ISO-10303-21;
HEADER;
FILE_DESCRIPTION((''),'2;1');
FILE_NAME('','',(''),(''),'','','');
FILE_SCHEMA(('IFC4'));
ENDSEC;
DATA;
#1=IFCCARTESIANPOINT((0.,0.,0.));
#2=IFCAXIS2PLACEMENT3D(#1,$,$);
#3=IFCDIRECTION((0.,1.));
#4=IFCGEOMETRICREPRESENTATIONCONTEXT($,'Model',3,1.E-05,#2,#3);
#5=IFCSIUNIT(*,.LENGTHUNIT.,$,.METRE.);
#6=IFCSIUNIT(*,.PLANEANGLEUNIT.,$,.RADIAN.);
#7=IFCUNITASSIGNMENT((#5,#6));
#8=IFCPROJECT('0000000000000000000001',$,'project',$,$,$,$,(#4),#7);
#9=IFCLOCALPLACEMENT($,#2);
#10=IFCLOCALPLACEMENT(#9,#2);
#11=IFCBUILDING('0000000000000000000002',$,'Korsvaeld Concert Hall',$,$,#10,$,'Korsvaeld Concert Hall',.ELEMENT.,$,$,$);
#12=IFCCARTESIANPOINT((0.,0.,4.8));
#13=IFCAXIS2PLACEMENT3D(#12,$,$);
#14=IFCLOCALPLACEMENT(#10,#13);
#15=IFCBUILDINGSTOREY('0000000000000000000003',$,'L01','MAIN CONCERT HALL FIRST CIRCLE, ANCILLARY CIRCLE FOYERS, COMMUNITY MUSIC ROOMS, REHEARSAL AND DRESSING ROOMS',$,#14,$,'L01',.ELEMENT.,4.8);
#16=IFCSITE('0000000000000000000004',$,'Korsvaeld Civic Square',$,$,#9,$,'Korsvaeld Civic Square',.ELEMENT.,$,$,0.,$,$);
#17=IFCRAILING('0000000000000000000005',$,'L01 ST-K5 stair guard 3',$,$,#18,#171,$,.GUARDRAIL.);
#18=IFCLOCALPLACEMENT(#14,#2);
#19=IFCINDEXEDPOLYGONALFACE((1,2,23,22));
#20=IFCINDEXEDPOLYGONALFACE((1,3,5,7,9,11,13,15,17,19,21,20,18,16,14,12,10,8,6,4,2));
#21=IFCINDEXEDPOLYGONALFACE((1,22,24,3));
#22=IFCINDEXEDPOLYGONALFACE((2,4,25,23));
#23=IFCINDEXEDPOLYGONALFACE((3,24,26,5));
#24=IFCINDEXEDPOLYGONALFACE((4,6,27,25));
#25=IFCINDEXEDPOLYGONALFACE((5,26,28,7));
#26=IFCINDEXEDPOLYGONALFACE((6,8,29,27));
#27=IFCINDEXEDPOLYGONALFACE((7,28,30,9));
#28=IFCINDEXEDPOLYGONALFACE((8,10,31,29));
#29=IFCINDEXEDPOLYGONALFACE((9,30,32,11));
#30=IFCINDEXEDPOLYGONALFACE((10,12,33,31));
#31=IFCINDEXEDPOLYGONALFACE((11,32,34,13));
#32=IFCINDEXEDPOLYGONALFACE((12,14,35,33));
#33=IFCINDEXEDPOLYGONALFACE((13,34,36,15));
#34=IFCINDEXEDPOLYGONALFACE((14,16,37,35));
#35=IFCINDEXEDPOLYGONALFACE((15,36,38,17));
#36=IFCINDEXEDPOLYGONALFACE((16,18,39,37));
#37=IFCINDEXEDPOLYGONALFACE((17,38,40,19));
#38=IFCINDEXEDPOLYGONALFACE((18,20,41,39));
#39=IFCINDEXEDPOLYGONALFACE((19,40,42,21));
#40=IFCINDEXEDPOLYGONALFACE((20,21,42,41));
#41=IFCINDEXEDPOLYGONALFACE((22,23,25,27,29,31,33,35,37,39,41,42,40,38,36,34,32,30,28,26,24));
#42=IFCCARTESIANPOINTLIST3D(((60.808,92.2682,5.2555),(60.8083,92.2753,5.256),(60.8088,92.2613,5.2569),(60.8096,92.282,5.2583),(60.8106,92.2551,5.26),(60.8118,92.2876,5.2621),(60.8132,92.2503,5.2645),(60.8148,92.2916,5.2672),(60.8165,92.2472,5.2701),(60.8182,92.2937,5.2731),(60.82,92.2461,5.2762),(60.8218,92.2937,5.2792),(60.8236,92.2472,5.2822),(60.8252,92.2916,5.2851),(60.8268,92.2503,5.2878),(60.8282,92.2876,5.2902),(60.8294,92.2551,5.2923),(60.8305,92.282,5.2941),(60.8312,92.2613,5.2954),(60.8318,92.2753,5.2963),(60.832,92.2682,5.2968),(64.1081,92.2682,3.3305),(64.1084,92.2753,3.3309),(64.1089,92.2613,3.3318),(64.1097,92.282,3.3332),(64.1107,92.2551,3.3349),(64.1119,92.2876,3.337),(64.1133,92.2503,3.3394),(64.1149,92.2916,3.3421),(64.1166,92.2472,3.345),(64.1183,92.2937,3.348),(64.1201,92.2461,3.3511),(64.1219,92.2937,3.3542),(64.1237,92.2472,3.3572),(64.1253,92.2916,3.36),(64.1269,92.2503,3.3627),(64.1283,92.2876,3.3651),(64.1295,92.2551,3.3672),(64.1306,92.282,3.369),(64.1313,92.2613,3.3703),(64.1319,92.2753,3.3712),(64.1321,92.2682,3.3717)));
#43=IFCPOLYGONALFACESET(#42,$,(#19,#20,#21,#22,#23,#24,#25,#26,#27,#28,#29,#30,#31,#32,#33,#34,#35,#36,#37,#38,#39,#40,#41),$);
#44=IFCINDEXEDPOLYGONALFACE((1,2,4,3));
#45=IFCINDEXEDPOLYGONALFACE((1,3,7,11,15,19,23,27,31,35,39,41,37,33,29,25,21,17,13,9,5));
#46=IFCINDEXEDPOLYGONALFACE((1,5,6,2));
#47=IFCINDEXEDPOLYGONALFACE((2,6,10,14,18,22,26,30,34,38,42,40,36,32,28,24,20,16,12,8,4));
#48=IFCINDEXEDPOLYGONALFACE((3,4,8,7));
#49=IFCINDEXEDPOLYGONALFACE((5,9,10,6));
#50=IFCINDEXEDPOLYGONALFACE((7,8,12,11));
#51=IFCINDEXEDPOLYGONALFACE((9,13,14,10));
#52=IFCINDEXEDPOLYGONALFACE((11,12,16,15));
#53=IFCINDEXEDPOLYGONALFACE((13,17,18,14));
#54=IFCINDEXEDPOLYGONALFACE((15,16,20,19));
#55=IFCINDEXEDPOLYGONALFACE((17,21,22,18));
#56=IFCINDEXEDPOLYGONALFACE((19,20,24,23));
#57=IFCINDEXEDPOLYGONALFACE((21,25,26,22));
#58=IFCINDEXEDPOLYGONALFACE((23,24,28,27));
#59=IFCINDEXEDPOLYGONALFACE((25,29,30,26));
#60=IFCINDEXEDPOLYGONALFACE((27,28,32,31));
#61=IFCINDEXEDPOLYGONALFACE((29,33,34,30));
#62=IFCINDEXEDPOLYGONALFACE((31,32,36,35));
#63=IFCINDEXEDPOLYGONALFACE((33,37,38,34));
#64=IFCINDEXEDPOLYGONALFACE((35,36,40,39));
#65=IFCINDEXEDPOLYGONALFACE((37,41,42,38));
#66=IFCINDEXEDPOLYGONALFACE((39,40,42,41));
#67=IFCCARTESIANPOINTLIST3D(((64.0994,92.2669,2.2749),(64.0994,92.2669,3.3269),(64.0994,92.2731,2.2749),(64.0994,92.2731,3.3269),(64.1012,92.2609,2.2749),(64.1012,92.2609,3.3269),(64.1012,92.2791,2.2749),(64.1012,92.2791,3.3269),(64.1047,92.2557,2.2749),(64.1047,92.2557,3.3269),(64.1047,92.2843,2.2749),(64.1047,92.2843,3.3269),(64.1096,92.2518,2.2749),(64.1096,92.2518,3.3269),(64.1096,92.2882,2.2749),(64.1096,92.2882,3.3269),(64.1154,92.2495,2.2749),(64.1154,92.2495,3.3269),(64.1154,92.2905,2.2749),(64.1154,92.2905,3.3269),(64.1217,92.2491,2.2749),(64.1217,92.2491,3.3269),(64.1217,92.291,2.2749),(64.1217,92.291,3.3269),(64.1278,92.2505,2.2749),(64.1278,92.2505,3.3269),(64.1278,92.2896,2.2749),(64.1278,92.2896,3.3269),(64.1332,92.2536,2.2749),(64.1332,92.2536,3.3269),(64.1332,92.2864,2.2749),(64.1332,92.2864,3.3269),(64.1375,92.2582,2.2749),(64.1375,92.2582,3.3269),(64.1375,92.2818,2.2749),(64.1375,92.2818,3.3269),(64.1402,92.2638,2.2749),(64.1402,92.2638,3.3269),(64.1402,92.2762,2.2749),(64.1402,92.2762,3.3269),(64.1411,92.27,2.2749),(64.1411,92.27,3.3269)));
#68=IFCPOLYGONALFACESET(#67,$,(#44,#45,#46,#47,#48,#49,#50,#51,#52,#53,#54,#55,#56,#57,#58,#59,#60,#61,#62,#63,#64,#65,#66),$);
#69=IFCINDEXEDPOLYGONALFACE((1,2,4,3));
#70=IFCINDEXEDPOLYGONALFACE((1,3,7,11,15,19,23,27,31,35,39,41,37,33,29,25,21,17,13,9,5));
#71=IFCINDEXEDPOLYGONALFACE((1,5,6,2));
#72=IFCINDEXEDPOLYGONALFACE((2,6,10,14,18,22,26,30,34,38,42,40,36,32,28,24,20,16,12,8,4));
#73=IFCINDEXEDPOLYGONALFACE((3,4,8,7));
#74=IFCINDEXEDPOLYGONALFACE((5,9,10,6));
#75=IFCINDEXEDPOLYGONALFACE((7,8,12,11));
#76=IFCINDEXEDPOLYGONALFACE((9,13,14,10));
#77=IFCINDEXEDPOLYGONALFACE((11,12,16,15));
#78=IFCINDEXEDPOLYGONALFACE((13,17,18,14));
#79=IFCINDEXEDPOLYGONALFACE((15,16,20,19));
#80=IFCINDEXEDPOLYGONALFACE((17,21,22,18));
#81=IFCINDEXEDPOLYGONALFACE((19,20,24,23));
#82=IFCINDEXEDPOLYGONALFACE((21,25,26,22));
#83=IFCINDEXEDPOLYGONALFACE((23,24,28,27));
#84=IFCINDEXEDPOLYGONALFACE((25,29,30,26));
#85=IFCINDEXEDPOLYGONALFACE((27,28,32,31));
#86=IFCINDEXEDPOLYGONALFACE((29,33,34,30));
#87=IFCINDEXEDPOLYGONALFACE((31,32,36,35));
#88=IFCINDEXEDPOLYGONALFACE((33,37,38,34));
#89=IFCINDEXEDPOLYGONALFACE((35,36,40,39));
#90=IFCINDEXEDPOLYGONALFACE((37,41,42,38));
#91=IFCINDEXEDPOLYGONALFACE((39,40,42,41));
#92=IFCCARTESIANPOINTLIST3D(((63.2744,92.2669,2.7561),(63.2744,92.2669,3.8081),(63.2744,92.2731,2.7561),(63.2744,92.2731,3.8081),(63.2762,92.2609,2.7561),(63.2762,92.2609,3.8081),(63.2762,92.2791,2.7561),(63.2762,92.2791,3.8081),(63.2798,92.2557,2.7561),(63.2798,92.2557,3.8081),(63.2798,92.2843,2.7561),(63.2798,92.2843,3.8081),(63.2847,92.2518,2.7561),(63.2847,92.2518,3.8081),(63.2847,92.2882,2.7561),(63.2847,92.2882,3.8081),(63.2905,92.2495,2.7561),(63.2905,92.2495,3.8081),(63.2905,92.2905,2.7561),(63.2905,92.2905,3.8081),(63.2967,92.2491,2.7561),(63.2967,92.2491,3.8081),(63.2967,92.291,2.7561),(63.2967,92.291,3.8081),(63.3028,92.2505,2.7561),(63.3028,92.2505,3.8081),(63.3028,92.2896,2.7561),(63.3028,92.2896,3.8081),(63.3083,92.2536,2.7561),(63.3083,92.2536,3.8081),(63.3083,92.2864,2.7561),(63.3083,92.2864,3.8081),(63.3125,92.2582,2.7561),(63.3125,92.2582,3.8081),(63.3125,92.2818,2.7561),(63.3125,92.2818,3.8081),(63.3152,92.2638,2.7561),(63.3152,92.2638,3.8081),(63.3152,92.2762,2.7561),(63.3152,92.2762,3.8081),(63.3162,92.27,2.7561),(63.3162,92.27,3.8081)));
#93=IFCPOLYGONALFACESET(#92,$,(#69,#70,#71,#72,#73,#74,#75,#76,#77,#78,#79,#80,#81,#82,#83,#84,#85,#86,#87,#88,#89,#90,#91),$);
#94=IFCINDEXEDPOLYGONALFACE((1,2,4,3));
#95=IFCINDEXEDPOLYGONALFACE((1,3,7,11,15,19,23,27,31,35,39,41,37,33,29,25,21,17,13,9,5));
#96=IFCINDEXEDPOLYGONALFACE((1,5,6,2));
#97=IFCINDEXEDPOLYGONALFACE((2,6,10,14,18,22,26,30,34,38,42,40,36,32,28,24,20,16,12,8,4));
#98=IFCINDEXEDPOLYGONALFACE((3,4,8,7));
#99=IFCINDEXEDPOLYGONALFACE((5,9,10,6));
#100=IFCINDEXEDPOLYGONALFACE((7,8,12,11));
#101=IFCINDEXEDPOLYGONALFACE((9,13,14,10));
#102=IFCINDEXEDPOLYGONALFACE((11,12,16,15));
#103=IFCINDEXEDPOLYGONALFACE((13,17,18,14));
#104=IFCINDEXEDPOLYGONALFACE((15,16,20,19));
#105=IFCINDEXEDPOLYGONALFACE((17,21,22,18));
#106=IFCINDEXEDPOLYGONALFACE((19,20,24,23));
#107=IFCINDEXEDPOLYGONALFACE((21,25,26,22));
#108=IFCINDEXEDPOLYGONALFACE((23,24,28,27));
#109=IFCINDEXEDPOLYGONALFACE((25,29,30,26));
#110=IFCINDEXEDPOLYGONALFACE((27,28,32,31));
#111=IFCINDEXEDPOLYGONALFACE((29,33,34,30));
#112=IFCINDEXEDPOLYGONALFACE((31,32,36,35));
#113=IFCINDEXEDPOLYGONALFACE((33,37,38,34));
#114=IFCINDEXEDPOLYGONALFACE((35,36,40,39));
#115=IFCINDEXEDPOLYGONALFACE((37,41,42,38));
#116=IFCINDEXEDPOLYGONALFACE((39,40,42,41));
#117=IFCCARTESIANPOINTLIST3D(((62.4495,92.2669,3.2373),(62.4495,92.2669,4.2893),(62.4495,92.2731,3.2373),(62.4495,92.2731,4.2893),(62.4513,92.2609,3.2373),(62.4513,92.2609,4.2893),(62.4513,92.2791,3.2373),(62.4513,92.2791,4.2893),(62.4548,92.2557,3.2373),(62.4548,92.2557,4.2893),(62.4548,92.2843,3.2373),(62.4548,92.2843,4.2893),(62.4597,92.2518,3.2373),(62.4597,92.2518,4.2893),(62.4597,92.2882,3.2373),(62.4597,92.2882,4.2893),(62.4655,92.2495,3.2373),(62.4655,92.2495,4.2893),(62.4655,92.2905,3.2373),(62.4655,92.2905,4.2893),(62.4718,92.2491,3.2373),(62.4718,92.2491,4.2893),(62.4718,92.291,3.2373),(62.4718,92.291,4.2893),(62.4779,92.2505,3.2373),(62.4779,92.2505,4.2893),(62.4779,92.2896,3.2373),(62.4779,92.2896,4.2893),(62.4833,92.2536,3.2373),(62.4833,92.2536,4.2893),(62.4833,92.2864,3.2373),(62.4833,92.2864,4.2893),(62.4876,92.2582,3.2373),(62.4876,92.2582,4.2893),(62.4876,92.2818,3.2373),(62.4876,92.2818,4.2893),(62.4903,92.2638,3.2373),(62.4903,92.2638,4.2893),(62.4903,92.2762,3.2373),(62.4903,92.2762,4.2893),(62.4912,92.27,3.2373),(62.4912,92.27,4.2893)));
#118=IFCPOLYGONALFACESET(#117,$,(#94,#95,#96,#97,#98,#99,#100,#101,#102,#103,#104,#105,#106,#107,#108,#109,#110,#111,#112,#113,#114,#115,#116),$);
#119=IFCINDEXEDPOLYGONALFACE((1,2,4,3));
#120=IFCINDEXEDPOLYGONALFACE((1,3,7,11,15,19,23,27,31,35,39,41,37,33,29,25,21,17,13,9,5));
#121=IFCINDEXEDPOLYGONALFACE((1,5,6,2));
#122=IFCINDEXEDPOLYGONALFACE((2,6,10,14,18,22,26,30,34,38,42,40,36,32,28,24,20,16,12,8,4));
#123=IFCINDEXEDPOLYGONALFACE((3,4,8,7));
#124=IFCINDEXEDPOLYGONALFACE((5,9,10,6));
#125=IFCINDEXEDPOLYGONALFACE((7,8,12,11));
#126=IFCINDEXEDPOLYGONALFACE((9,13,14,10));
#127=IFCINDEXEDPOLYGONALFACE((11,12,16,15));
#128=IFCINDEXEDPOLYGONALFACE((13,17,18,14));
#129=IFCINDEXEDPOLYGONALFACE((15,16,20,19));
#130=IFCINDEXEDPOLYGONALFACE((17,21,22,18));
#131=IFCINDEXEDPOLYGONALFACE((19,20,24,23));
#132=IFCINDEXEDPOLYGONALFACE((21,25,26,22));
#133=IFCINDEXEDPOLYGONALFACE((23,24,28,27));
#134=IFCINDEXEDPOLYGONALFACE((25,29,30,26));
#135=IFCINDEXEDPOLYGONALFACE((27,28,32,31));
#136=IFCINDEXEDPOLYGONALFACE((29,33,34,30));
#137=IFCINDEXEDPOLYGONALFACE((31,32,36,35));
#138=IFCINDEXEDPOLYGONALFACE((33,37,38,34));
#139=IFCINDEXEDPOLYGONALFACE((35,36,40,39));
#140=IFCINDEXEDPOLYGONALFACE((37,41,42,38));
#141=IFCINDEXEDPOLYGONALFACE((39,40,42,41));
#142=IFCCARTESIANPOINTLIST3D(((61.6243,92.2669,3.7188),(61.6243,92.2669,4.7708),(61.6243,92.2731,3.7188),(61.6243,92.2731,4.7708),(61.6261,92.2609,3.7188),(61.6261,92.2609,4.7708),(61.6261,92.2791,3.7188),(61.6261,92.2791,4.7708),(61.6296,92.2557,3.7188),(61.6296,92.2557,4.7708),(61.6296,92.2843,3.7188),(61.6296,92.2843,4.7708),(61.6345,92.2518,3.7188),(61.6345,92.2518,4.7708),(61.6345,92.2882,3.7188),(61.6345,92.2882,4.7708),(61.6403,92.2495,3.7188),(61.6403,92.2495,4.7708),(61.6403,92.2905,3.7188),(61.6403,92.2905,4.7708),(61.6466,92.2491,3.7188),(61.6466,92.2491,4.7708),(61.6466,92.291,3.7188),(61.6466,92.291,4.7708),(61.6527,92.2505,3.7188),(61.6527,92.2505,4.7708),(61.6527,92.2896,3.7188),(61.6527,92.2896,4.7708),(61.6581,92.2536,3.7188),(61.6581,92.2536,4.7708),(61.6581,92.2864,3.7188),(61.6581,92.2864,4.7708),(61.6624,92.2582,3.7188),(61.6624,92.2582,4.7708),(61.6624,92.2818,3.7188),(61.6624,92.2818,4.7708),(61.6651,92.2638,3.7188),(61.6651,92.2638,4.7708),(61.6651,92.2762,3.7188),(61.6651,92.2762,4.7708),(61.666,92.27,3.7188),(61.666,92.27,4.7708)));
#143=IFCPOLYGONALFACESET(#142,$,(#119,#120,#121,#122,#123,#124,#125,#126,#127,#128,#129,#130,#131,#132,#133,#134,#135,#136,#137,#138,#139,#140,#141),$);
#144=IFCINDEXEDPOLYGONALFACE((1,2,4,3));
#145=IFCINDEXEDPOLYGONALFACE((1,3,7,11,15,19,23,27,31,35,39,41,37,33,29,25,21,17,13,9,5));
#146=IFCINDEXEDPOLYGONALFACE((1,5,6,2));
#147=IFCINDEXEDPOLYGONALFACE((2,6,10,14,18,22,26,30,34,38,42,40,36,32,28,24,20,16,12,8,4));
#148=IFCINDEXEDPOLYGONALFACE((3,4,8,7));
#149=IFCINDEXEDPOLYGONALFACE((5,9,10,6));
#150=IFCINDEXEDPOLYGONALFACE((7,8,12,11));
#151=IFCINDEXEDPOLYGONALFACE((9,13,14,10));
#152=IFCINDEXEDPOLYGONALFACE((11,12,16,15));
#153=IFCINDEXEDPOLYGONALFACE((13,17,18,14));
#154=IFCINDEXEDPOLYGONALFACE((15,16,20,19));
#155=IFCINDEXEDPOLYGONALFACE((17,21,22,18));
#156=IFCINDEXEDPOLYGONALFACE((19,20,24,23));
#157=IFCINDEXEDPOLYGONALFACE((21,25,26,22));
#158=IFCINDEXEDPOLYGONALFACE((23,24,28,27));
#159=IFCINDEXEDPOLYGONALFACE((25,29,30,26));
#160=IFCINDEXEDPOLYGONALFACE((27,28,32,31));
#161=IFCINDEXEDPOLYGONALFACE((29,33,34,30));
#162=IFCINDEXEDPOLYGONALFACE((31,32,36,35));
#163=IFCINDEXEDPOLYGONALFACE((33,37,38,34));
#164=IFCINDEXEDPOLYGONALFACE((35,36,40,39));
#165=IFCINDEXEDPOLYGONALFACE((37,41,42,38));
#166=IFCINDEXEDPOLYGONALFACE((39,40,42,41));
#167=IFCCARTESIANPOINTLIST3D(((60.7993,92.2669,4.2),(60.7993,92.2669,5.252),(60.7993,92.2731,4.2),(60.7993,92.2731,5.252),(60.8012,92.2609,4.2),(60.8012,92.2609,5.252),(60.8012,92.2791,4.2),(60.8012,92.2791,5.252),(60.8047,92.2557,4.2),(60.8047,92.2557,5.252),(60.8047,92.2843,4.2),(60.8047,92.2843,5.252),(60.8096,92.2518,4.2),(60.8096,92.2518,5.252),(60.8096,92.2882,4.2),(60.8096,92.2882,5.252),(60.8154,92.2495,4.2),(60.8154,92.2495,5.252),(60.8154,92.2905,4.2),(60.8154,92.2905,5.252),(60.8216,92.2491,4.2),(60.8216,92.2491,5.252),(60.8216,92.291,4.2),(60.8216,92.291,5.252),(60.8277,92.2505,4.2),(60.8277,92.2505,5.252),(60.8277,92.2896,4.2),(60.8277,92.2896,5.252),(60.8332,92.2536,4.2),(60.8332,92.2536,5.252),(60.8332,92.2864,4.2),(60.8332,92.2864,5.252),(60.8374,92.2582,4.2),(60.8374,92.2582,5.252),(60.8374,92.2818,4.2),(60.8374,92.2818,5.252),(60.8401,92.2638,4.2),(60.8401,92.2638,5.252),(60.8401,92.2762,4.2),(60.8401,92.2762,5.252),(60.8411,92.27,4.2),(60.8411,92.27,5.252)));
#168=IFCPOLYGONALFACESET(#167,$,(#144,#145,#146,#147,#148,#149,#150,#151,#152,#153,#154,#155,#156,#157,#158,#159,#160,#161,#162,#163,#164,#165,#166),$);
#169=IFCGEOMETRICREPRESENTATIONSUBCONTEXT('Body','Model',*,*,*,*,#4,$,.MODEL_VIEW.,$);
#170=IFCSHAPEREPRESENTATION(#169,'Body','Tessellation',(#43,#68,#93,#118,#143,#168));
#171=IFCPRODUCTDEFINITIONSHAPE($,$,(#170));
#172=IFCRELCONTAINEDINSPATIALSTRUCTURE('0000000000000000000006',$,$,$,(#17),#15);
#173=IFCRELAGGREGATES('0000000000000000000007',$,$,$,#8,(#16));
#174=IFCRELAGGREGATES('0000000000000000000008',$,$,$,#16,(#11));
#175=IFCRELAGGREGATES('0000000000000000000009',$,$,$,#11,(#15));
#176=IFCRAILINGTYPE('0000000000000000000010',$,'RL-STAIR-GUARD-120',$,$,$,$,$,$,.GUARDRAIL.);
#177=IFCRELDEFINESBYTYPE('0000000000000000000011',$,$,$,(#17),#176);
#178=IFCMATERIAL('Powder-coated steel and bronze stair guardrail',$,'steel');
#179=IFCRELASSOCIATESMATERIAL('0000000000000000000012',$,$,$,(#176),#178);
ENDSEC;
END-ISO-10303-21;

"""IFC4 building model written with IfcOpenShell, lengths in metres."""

from ifc_helpers import new_model, si_unit, direction, frame, origin, origin_2d, place, context, subcontext, project, spatial, circle, extrude, material, type_object, element, save


model = new_model("IFC4")

# Units and contexts
model_context = context("Model", 3, precision=1e-05, world=origin(), true_north=direction((0.0, 1.0)))
body_context = subcontext(model_context, "Body", "Model", "MODEL_VIEW")
ifc_project = project(units=[si_unit("LENGTHUNIT", "METRE"), si_unit("PLANEANGLEUNIT", "RADIAN")], contexts=[model_context])

# Site, building, storey
site_placement = place(None, origin())
site = spatial("IfcSite", under=ifc_project, at=site_placement, Name="Korsvaeld Civic Square", LongName="Korsvaeld Civic Square", CompositionType="ELEMENT", RefElevation=0.0)
building_placement = place(site_placement, origin())
building = spatial("IfcBuilding", under=site, at=building_placement, Name="Korsvaeld Concert Hall", LongName="Korsvaeld Concert Hall", CompositionType="ELEMENT")
storey_placement = place(building_placement, frame((0.0, 0.0, 4.8)))
storey = spatial("IfcBuildingStorey", under=building, at=storey_placement, Name="L01", Description="MAIN CONCERT HALL FIRST CIRCLE, ANCILLARY CIRCLE FOYERS, COMMUNITY MUSIC ROOMS, REHEARSAL AND DRESSING ROOMS", LongName="L01", CompositionType="ELEMENT", Elevation=4.8)

# Railing
ifc_material_1 = material(Name="Powder-coated steel and bronze stair guardrail", Category="steel")
railing_type_1 = type_object("IfcRailingType", Name="RL-STAIR-GUARD-120", PredefinedType="GUARDRAIL", material=ifc_material_1)
railing_1_placement = place(storey_placement, frame((64.1201, 92.27, 2.2749)))
element("IfcRailing", 1, at=railing_1_placement, inside=storey, type_object=railing_type_1, Name="L01 ST-K5 stair guard 3", PredefinedType="GUARDRAIL", context=body_context, shape_type="SweptSolid", body=[
    extrude(circle(Radius=0.0239, at=origin_2d()), frame((0.0, 0.0, 1.0762), z_axis=(-0.863777, 0.0, 0.503875), x_axis=(0.0, -1.0, 0.0)), (0.0, 0.0, 1.0), 3.8206),
    extrude(circle(Radius=0.021, at=origin_2d()), origin(), (0.0, 0.0, 1.0), 1.052),
    extrude(circle(Radius=0.021, at=origin_2d()), frame((-0.825, 0.0, 0.4812)), (0.0, 0.0, 1.0), 1.052),
    extrude(circle(Radius=0.021, at=origin_2d()), frame((-1.6499, 0.0, 0.9624)), (0.0, 0.0, 1.0), 1.052),
    extrude(circle(Radius=0.021, at=origin_2d()), frame((-2.4751, 0.0, 1.4438)), (0.0, 0.0, 1.0), 1.052),
    extrude(circle(Radius=0.021, at=origin_2d()), frame((-3.3, 0.0, 1.925)), (0.0, 0.0, 1.0), 1.052),
])

save(model, "model.ifc")
